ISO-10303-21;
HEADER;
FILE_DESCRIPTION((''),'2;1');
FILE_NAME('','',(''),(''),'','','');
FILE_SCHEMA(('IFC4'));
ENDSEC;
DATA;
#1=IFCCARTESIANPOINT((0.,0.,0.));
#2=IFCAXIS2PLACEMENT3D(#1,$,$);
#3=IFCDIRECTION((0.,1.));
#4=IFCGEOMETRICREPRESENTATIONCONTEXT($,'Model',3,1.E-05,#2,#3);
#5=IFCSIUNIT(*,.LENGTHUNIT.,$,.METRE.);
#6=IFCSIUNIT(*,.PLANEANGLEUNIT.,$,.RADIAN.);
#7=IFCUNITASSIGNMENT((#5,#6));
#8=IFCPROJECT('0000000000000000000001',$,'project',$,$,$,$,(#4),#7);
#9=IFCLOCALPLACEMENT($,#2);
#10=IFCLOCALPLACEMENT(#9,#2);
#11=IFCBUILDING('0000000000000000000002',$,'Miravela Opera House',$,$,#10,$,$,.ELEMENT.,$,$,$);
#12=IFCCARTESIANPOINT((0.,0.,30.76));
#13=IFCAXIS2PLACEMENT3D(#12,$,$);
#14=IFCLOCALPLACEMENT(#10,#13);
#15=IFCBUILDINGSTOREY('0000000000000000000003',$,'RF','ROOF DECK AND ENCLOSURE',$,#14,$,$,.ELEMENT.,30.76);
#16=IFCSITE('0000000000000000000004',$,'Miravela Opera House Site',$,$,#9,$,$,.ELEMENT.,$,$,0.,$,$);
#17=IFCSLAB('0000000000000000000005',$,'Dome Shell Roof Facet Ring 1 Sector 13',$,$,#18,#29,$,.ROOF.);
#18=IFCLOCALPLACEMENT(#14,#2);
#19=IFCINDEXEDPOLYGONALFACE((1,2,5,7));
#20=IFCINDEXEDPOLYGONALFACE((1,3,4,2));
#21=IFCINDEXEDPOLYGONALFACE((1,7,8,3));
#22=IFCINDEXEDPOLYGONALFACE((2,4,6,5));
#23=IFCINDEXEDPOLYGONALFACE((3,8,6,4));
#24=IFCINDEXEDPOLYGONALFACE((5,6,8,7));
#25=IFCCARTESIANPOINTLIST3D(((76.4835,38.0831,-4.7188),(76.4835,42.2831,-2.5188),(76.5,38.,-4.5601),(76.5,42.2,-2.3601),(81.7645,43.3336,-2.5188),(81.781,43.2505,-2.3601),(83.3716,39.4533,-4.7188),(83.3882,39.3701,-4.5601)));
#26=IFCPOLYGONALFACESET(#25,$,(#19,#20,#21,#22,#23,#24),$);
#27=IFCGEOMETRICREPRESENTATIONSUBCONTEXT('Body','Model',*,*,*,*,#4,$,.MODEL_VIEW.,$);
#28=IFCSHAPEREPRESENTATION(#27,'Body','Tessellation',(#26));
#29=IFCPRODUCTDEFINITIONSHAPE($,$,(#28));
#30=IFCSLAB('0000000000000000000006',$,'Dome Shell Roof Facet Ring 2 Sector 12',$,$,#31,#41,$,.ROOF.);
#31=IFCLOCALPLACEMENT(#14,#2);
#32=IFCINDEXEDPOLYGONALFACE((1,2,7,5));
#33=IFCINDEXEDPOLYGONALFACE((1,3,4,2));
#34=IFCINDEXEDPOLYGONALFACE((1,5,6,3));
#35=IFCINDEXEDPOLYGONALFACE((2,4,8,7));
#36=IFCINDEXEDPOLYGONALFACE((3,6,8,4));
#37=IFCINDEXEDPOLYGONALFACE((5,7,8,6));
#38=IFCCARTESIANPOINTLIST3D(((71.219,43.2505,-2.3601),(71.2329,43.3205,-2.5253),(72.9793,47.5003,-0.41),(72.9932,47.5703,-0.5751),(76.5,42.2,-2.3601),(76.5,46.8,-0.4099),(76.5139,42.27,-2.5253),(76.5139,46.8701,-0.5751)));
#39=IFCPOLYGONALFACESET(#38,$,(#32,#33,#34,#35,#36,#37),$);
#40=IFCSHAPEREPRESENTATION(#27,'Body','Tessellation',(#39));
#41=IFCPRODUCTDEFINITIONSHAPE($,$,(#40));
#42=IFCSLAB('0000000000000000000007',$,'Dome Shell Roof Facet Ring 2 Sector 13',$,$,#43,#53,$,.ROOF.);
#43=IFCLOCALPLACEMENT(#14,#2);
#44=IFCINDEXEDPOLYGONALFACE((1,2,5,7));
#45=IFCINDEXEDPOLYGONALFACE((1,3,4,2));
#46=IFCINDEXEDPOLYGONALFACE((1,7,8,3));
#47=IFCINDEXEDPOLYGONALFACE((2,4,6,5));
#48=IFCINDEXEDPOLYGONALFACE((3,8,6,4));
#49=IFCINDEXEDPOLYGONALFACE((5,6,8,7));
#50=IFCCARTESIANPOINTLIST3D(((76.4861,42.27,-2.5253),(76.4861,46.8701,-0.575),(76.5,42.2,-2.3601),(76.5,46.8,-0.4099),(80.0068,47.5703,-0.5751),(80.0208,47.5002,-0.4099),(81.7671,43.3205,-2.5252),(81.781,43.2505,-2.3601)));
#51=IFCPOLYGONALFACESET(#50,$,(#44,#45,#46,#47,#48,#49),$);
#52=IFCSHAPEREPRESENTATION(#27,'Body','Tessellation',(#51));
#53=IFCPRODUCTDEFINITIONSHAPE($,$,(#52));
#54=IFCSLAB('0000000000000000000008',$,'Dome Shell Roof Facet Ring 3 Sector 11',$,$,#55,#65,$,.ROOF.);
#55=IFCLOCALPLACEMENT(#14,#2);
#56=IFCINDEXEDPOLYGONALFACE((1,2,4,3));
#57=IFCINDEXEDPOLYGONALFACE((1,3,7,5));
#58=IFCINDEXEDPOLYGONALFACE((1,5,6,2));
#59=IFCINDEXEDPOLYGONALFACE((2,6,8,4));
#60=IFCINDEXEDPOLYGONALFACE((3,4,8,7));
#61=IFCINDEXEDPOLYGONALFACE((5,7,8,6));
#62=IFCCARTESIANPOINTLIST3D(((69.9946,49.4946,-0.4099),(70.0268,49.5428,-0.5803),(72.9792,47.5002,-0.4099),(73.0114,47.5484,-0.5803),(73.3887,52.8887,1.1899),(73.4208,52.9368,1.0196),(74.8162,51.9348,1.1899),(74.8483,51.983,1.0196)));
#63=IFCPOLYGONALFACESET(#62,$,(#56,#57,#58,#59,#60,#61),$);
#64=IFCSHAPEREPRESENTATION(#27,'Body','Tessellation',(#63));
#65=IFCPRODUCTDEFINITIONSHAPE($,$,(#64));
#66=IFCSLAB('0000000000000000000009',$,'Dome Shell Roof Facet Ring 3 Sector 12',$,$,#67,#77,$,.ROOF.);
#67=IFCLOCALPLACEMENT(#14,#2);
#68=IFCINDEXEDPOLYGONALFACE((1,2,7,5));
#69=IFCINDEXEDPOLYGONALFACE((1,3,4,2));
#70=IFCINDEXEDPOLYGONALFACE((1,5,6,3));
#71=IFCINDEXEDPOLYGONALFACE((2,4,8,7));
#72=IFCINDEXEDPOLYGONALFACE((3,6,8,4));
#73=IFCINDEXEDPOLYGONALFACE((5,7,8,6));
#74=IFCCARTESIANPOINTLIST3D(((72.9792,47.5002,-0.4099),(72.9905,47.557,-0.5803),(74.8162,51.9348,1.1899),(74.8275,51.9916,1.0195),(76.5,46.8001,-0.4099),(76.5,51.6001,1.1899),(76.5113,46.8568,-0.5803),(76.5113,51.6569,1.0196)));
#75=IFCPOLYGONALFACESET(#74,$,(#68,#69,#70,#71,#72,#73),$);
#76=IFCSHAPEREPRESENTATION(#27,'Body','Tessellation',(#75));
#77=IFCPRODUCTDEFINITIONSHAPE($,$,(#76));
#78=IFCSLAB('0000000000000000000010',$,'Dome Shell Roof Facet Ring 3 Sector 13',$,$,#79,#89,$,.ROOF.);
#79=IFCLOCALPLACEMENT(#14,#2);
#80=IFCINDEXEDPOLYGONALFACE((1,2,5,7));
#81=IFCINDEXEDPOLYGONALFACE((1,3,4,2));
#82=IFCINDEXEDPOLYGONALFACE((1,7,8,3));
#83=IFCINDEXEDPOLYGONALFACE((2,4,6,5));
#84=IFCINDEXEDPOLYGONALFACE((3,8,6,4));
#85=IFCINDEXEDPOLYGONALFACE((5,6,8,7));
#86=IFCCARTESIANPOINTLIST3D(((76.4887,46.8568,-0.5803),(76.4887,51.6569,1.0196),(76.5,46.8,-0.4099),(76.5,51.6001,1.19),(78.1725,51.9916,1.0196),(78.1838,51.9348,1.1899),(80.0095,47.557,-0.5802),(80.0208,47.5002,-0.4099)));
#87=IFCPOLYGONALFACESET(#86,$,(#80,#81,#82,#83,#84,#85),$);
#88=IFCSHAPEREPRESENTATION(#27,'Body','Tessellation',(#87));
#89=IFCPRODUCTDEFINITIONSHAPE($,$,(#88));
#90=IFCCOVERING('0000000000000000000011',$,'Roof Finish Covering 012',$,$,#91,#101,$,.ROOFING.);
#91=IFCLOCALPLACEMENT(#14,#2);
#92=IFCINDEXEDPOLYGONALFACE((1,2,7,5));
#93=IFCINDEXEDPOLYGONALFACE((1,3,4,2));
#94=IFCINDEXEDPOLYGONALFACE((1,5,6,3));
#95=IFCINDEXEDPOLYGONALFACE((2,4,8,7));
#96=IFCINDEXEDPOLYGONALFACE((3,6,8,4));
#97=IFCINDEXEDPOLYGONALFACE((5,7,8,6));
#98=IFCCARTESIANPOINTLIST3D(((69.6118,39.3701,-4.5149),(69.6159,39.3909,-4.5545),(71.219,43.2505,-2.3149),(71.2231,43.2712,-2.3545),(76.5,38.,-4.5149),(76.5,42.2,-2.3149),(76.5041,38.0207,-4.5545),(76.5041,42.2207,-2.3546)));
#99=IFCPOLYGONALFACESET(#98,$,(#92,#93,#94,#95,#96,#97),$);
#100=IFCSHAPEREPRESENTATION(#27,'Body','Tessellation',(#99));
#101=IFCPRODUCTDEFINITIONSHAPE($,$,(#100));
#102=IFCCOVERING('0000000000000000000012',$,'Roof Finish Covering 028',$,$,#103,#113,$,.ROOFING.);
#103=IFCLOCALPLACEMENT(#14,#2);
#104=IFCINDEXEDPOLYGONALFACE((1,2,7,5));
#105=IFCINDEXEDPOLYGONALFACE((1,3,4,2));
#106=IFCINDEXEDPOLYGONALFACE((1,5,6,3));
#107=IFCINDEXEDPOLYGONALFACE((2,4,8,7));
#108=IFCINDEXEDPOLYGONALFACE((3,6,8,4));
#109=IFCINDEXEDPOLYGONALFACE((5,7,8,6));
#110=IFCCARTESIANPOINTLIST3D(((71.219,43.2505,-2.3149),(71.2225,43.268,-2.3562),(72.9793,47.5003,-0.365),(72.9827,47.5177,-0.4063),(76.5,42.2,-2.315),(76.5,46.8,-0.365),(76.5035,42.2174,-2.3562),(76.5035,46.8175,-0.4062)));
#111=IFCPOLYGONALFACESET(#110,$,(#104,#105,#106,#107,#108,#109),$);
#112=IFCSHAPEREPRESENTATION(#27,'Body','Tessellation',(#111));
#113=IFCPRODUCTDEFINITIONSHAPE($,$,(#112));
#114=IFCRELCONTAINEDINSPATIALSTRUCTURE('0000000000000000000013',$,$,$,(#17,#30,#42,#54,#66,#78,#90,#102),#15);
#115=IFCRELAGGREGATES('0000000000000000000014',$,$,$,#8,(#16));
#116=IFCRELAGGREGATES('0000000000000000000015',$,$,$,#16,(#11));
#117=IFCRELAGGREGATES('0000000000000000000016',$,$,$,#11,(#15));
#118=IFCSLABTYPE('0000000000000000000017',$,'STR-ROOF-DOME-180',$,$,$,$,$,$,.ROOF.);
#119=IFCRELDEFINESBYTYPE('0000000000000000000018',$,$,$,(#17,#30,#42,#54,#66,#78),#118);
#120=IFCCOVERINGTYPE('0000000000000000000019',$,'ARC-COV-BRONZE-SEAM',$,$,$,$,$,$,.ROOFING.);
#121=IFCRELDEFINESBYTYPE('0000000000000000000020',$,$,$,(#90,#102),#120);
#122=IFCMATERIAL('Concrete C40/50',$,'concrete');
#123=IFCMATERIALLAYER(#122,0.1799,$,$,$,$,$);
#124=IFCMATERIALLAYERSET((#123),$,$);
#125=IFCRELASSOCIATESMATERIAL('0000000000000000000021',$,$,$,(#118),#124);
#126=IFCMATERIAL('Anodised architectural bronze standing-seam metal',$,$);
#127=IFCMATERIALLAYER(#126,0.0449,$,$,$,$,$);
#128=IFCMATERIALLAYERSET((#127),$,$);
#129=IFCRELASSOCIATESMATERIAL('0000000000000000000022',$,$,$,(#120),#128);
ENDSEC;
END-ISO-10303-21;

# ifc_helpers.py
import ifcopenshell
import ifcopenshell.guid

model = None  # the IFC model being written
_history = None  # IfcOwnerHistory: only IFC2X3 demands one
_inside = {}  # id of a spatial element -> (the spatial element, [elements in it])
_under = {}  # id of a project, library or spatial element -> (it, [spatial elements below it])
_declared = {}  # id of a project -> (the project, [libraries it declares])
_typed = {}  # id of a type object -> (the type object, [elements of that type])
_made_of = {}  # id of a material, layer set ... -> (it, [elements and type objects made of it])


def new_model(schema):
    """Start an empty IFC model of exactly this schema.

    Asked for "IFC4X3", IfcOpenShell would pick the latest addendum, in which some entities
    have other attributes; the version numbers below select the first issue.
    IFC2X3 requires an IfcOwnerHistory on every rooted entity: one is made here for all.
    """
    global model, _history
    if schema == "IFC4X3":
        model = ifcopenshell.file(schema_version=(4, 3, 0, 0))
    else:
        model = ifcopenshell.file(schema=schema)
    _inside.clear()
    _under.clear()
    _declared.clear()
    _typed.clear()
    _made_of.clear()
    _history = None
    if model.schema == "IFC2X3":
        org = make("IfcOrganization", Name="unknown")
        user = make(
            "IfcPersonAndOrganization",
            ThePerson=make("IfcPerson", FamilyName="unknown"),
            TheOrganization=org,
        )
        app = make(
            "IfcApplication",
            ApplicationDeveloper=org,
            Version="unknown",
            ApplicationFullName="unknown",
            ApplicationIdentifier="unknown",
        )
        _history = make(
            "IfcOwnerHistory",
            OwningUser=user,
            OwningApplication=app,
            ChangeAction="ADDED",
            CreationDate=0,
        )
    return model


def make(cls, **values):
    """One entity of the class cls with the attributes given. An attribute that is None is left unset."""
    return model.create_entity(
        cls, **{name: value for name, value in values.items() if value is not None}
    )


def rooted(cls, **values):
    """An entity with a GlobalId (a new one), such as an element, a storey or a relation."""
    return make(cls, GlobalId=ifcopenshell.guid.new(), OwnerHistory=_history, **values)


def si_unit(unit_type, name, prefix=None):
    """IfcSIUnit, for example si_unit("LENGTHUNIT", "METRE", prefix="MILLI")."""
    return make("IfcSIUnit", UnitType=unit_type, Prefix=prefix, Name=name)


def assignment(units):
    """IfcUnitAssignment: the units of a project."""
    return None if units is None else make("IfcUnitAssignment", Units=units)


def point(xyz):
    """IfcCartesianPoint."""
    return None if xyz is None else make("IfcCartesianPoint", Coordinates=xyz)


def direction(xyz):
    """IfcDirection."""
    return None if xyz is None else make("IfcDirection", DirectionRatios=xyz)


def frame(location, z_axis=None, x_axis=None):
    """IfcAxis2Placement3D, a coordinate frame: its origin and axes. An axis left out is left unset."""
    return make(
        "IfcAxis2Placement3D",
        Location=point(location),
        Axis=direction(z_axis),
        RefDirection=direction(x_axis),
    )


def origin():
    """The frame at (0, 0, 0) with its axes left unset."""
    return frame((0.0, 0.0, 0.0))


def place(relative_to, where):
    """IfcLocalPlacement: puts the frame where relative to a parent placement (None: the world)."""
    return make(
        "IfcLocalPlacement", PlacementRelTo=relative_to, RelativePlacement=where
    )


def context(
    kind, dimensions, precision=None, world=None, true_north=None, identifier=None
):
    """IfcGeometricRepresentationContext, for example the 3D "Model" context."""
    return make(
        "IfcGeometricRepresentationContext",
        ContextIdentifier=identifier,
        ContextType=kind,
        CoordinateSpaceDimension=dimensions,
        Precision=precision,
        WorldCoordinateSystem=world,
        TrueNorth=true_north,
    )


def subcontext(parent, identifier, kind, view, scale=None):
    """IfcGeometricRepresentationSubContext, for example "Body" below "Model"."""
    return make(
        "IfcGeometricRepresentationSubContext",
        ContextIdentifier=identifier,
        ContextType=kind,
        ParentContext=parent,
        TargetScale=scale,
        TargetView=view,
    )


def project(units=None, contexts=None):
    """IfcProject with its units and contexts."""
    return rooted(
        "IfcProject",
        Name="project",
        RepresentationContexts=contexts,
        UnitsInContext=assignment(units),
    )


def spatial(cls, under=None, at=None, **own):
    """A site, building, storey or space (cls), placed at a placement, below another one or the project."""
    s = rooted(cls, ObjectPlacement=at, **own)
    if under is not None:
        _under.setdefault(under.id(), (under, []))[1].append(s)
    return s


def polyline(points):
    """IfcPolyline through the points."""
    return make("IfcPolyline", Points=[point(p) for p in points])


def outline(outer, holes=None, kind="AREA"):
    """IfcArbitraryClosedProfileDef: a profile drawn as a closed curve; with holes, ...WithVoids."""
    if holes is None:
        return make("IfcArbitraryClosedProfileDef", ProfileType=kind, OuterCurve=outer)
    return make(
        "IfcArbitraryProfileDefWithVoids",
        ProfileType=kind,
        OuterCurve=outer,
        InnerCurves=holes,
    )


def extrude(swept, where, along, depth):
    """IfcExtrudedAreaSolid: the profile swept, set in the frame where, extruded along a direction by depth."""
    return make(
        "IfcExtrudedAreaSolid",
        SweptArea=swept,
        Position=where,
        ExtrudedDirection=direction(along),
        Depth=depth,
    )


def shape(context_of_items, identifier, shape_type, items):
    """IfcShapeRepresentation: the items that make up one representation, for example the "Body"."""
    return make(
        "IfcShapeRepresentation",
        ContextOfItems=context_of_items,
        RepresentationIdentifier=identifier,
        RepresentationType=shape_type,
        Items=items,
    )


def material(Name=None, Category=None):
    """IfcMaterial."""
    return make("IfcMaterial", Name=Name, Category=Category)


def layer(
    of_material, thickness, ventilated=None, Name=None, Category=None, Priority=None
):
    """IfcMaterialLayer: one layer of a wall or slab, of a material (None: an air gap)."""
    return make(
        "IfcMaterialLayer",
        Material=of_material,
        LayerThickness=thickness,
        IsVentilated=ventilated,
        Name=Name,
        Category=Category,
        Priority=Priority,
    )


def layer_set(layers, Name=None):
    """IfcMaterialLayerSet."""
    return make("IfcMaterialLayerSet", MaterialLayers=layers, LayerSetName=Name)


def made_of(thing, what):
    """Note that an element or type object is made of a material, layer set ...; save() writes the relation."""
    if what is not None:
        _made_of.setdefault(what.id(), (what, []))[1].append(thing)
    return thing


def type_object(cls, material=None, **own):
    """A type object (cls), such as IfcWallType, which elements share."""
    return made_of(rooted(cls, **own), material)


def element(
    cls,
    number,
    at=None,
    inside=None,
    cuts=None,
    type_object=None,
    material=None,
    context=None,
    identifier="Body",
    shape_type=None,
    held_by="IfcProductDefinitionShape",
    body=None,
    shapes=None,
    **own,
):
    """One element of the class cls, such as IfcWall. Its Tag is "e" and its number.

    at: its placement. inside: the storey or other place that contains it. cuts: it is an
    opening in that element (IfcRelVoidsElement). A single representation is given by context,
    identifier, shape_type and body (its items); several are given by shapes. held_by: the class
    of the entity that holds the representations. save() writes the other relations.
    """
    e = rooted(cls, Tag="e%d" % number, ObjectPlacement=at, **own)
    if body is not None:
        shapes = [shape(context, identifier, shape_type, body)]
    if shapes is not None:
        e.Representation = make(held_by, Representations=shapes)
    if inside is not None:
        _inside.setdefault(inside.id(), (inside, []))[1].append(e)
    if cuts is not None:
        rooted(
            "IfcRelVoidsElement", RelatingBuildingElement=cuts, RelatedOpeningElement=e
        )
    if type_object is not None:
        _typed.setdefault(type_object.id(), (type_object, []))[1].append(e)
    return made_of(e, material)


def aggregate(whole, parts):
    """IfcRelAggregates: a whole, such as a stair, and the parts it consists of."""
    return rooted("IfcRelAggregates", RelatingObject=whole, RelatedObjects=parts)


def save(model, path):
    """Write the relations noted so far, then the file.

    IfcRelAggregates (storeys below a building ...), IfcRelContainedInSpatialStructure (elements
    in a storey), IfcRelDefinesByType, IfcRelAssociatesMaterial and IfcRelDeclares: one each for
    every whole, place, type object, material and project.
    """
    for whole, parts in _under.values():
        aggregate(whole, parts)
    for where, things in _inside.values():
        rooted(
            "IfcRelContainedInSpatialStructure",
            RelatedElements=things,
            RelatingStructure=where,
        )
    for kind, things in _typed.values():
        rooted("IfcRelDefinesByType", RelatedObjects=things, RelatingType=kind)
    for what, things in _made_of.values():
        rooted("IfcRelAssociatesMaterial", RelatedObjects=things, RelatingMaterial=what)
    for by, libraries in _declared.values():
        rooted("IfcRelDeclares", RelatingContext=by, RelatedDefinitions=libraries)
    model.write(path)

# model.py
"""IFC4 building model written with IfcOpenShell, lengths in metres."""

from ifc_helpers import new_model, si_unit, direction, frame, origin, place, context, subcontext, project, spatial, polyline, outline, extrude, material, layer, layer_set, type_object, element, save


model = new_model("IFC4")

# Units and contexts
model_context = context("Model", 3, precision=1e-05, world=origin(), true_north=direction((0.0, 1.0)))
body_context = subcontext(model_context, "Body", "Model", "MODEL_VIEW")
ifc_project = project(units=[si_unit("LENGTHUNIT", "METRE"), si_unit("PLANEANGLEUNIT", "RADIAN")], contexts=[model_context])

# Site, building, storey
site_placement = place(None, origin())
site = spatial("IfcSite", under=ifc_project, at=site_placement, Name="Miravela Opera House Site", CompositionType="ELEMENT", RefElevation=0.0)
building_placement = place(site_placement, origin())
building = spatial("IfcBuilding", under=site, at=building_placement, Name="Miravela Opera House", CompositionType="ELEMENT")
storey_placement = place(building_placement, frame((0.0, 0.0, 30.76)))
storey = spatial("IfcBuildingStorey", under=building, at=storey_placement, Name="RF", Description="ROOF DECK AND ENCLOSURE", CompositionType="ELEMENT", Elevation=30.76)

# Slabs
ifc_material_1 = material(Name="Concrete C40/50", Category="concrete")
ifc_layer_1 = layer(ifc_material_1, 0.1799)
ifc_layer_set_1 = layer_set([ifc_layer_1])
slab_type = type_object("IfcSlabType", Name="STR-ROOF-DOME-180", PredefinedType="ROOF", material=ifc_layer_set_1)
slab_1_placement = place(storey_placement, frame((76.5, 38.0, -4.5601), z_axis=(0.091906, -0.462034, 0.882087), x_axis=(0.980786, 0.195088, -0.000003)))
element("IfcSlab", 1, at=slab_1_placement, inside=storey, type_object=slab_type, Name="Dome Shell Roof Facet Ring 1 Sector 13", PredefinedType="ROOF", context=body_context, shape_type="SweptSolid", body=[
    extrude(outline(polyline([(0.0, 0.0), (7.0231, 0.0), (6.2038, 4.67), (0.8194, 4.6699), (0.0, 0.0)])), origin(), (0.0, 0.0, -1.0), 0.1799),
])
slab_2_placement = place(storey_placement, frame((71.219, 43.2505, -2.3601), z_axis=(-0.077406, -0.389156, 0.917914), x_axis=(0.980783, -0.195102, -0.000007)))
element("IfcSlab", 2, at=slab_2_placement, inside=storey, type_object=slab_type, Name="Dome Shell Roof Facet Ring 2 Sector 12", PredefinedType="ROOF", context=body_context, shape_type="SweptSolid", body=[
    extrude(outline(polyline([(0.0, 0.0), (5.3845, 0.0), (4.487, 4.9151), (0.8973, 4.915), (0.0, 0.0)])), origin(), (0.0, 0.0, -1.0), 0.1799),
])
slab_3_placement = place(storey_placement, frame((76.5, 42.2, -2.3601), z_axis=(0.077406, -0.389156, 0.917914), x_axis=(0.980783, 0.195102, 0.000007)))
element("IfcSlab", 3, at=slab_3_placement, inside=storey, type_object=slab_type, Name="Dome Shell Roof Facet Ring 2 Sector 13", PredefinedType="ROOF", context=body_context, shape_type="SweptSolid", body=[
    extrude(outline(polyline([(0.0, 0.0), (5.3845, 0.0), (4.4872, 4.915), (0.8975, 4.9151), (0.0, 0.0)])), origin(), (0.0, 0.0, -1.0), 0.1799),
])
slab_4_placement = place(storey_placement, frame((69.9946, 49.4946, -0.4099), z_axis=(-0.17877, -0.267533, 0.94682), x_axis=(0.831454, -0.555594, -0.000001)))
element("IfcSlab", 4, at=slab_4_placement, inside=storey, type_object=slab_type, Name="Dome Shell Roof Facet Ring 3 Sector 11", PredefinedType="ROOF", context=body_context, shape_type="SweptSolid", body=[
    extrude(outline(polyline([(0.0, 0.0), (3.5896, 0.0), (2.6531, 4.9721), (0.9363, 4.9721), (0.0, 0.0)])), origin(), (0.0, 0.0, -1.0), 0.1799),
])
slab_5_placement = place(storey_placement, frame((72.9792, 47.5002, -0.4099), z_axis=(-0.062752, -0.315582, 0.946821), x_axis=(0.980793, -0.195054, -0.000009)))
element("IfcSlab", 5, at=slab_5_placement, inside=storey, type_object=slab_type, Name="Dome Shell Roof Facet Ring 3 Sector 12", PredefinedType="ROOF", context=body_context, shape_type="SweptSolid", body=[
    extrude(outline(polyline([(0.0, 0.0), (3.5897, 0.0), (2.6534, 4.9723), (0.9366, 4.9721), (0.0, 0.0)])), origin(), (0.0, 0.0, -1.0), 0.1799),
])
slab_6_placement = place(storey_placement, frame((76.5, 46.8, -0.4099), z_axis=(0.062752, -0.315582, 0.946821), x_axis=(0.980793, 0.195054, 0.000009)))
element("IfcSlab", 6, at=slab_6_placement, inside=storey, type_object=slab_type, Name="Dome Shell Roof Facet Ring 3 Sector 13", PredefinedType="ROOF", context=body_context, shape_type="SweptSolid", body=[
    extrude(outline(polyline([(0.0, 0.0), (3.5897, 0.0), (2.6531, 4.9721), (0.9363, 4.9723), (0.0, 0.0)])), origin(), (0.0, 0.0, -1.0), 0.1799),
])

# Coverings
ifc_material_2 = material(Name="Anodised architectural bronze standing-seam metal")
ifc_layer_2 = layer(ifc_material_2, 0.0449)
ifc_layer_set_2 = layer_set([ifc_layer_2])
covering_type = type_object("IfcCoveringType", Name="ARC-COV-BRONZE-SEAM", PredefinedType="ROOFING", material=ifc_layer_set_2)
covering_1_placement = place(storey_placement, frame((69.6118, 39.3701, -4.5149), z_axis=(-0.091906, -0.462034, 0.882087), x_axis=(0.980786, -0.195088, 0.000003)))
element("IfcCovering", 7, at=covering_1_placement, inside=storey, type_object=covering_type, Name="Roof Finish Covering 012", PredefinedType="ROOFING", context=body_context, shape_type="SweptSolid", body=[
    extrude(outline(polyline([(0.0, 0.0), (7.0231, 0.0), (6.2038, 4.6699), (0.8193, 4.67), (0.0, 0.0)])), origin(), (0.0, 0.0, -1.0), 0.0449),
])
covering_2_placement = place(storey_placement, frame((71.219, 43.2505, -2.3149), z_axis=(-0.077398, -0.389115, 0.917932), x_axis=(0.980783, -0.195102, -0.000007)))
element("IfcCovering", 8, at=covering_2_placement, inside=storey, type_object=covering_type, Name="Roof Finish Covering 028", PredefinedType="ROOFING", context=body_context, shape_type="SweptSolid", body=[
    extrude(outline(polyline([(0.0, 0.0), (5.3845, 0.0), (4.487, 4.915), (0.8973, 4.9149), (0.0, 0.0)])), origin(), (0.0, 0.0, -1.0), 0.0449),
])

save(model, "model.ifc")
